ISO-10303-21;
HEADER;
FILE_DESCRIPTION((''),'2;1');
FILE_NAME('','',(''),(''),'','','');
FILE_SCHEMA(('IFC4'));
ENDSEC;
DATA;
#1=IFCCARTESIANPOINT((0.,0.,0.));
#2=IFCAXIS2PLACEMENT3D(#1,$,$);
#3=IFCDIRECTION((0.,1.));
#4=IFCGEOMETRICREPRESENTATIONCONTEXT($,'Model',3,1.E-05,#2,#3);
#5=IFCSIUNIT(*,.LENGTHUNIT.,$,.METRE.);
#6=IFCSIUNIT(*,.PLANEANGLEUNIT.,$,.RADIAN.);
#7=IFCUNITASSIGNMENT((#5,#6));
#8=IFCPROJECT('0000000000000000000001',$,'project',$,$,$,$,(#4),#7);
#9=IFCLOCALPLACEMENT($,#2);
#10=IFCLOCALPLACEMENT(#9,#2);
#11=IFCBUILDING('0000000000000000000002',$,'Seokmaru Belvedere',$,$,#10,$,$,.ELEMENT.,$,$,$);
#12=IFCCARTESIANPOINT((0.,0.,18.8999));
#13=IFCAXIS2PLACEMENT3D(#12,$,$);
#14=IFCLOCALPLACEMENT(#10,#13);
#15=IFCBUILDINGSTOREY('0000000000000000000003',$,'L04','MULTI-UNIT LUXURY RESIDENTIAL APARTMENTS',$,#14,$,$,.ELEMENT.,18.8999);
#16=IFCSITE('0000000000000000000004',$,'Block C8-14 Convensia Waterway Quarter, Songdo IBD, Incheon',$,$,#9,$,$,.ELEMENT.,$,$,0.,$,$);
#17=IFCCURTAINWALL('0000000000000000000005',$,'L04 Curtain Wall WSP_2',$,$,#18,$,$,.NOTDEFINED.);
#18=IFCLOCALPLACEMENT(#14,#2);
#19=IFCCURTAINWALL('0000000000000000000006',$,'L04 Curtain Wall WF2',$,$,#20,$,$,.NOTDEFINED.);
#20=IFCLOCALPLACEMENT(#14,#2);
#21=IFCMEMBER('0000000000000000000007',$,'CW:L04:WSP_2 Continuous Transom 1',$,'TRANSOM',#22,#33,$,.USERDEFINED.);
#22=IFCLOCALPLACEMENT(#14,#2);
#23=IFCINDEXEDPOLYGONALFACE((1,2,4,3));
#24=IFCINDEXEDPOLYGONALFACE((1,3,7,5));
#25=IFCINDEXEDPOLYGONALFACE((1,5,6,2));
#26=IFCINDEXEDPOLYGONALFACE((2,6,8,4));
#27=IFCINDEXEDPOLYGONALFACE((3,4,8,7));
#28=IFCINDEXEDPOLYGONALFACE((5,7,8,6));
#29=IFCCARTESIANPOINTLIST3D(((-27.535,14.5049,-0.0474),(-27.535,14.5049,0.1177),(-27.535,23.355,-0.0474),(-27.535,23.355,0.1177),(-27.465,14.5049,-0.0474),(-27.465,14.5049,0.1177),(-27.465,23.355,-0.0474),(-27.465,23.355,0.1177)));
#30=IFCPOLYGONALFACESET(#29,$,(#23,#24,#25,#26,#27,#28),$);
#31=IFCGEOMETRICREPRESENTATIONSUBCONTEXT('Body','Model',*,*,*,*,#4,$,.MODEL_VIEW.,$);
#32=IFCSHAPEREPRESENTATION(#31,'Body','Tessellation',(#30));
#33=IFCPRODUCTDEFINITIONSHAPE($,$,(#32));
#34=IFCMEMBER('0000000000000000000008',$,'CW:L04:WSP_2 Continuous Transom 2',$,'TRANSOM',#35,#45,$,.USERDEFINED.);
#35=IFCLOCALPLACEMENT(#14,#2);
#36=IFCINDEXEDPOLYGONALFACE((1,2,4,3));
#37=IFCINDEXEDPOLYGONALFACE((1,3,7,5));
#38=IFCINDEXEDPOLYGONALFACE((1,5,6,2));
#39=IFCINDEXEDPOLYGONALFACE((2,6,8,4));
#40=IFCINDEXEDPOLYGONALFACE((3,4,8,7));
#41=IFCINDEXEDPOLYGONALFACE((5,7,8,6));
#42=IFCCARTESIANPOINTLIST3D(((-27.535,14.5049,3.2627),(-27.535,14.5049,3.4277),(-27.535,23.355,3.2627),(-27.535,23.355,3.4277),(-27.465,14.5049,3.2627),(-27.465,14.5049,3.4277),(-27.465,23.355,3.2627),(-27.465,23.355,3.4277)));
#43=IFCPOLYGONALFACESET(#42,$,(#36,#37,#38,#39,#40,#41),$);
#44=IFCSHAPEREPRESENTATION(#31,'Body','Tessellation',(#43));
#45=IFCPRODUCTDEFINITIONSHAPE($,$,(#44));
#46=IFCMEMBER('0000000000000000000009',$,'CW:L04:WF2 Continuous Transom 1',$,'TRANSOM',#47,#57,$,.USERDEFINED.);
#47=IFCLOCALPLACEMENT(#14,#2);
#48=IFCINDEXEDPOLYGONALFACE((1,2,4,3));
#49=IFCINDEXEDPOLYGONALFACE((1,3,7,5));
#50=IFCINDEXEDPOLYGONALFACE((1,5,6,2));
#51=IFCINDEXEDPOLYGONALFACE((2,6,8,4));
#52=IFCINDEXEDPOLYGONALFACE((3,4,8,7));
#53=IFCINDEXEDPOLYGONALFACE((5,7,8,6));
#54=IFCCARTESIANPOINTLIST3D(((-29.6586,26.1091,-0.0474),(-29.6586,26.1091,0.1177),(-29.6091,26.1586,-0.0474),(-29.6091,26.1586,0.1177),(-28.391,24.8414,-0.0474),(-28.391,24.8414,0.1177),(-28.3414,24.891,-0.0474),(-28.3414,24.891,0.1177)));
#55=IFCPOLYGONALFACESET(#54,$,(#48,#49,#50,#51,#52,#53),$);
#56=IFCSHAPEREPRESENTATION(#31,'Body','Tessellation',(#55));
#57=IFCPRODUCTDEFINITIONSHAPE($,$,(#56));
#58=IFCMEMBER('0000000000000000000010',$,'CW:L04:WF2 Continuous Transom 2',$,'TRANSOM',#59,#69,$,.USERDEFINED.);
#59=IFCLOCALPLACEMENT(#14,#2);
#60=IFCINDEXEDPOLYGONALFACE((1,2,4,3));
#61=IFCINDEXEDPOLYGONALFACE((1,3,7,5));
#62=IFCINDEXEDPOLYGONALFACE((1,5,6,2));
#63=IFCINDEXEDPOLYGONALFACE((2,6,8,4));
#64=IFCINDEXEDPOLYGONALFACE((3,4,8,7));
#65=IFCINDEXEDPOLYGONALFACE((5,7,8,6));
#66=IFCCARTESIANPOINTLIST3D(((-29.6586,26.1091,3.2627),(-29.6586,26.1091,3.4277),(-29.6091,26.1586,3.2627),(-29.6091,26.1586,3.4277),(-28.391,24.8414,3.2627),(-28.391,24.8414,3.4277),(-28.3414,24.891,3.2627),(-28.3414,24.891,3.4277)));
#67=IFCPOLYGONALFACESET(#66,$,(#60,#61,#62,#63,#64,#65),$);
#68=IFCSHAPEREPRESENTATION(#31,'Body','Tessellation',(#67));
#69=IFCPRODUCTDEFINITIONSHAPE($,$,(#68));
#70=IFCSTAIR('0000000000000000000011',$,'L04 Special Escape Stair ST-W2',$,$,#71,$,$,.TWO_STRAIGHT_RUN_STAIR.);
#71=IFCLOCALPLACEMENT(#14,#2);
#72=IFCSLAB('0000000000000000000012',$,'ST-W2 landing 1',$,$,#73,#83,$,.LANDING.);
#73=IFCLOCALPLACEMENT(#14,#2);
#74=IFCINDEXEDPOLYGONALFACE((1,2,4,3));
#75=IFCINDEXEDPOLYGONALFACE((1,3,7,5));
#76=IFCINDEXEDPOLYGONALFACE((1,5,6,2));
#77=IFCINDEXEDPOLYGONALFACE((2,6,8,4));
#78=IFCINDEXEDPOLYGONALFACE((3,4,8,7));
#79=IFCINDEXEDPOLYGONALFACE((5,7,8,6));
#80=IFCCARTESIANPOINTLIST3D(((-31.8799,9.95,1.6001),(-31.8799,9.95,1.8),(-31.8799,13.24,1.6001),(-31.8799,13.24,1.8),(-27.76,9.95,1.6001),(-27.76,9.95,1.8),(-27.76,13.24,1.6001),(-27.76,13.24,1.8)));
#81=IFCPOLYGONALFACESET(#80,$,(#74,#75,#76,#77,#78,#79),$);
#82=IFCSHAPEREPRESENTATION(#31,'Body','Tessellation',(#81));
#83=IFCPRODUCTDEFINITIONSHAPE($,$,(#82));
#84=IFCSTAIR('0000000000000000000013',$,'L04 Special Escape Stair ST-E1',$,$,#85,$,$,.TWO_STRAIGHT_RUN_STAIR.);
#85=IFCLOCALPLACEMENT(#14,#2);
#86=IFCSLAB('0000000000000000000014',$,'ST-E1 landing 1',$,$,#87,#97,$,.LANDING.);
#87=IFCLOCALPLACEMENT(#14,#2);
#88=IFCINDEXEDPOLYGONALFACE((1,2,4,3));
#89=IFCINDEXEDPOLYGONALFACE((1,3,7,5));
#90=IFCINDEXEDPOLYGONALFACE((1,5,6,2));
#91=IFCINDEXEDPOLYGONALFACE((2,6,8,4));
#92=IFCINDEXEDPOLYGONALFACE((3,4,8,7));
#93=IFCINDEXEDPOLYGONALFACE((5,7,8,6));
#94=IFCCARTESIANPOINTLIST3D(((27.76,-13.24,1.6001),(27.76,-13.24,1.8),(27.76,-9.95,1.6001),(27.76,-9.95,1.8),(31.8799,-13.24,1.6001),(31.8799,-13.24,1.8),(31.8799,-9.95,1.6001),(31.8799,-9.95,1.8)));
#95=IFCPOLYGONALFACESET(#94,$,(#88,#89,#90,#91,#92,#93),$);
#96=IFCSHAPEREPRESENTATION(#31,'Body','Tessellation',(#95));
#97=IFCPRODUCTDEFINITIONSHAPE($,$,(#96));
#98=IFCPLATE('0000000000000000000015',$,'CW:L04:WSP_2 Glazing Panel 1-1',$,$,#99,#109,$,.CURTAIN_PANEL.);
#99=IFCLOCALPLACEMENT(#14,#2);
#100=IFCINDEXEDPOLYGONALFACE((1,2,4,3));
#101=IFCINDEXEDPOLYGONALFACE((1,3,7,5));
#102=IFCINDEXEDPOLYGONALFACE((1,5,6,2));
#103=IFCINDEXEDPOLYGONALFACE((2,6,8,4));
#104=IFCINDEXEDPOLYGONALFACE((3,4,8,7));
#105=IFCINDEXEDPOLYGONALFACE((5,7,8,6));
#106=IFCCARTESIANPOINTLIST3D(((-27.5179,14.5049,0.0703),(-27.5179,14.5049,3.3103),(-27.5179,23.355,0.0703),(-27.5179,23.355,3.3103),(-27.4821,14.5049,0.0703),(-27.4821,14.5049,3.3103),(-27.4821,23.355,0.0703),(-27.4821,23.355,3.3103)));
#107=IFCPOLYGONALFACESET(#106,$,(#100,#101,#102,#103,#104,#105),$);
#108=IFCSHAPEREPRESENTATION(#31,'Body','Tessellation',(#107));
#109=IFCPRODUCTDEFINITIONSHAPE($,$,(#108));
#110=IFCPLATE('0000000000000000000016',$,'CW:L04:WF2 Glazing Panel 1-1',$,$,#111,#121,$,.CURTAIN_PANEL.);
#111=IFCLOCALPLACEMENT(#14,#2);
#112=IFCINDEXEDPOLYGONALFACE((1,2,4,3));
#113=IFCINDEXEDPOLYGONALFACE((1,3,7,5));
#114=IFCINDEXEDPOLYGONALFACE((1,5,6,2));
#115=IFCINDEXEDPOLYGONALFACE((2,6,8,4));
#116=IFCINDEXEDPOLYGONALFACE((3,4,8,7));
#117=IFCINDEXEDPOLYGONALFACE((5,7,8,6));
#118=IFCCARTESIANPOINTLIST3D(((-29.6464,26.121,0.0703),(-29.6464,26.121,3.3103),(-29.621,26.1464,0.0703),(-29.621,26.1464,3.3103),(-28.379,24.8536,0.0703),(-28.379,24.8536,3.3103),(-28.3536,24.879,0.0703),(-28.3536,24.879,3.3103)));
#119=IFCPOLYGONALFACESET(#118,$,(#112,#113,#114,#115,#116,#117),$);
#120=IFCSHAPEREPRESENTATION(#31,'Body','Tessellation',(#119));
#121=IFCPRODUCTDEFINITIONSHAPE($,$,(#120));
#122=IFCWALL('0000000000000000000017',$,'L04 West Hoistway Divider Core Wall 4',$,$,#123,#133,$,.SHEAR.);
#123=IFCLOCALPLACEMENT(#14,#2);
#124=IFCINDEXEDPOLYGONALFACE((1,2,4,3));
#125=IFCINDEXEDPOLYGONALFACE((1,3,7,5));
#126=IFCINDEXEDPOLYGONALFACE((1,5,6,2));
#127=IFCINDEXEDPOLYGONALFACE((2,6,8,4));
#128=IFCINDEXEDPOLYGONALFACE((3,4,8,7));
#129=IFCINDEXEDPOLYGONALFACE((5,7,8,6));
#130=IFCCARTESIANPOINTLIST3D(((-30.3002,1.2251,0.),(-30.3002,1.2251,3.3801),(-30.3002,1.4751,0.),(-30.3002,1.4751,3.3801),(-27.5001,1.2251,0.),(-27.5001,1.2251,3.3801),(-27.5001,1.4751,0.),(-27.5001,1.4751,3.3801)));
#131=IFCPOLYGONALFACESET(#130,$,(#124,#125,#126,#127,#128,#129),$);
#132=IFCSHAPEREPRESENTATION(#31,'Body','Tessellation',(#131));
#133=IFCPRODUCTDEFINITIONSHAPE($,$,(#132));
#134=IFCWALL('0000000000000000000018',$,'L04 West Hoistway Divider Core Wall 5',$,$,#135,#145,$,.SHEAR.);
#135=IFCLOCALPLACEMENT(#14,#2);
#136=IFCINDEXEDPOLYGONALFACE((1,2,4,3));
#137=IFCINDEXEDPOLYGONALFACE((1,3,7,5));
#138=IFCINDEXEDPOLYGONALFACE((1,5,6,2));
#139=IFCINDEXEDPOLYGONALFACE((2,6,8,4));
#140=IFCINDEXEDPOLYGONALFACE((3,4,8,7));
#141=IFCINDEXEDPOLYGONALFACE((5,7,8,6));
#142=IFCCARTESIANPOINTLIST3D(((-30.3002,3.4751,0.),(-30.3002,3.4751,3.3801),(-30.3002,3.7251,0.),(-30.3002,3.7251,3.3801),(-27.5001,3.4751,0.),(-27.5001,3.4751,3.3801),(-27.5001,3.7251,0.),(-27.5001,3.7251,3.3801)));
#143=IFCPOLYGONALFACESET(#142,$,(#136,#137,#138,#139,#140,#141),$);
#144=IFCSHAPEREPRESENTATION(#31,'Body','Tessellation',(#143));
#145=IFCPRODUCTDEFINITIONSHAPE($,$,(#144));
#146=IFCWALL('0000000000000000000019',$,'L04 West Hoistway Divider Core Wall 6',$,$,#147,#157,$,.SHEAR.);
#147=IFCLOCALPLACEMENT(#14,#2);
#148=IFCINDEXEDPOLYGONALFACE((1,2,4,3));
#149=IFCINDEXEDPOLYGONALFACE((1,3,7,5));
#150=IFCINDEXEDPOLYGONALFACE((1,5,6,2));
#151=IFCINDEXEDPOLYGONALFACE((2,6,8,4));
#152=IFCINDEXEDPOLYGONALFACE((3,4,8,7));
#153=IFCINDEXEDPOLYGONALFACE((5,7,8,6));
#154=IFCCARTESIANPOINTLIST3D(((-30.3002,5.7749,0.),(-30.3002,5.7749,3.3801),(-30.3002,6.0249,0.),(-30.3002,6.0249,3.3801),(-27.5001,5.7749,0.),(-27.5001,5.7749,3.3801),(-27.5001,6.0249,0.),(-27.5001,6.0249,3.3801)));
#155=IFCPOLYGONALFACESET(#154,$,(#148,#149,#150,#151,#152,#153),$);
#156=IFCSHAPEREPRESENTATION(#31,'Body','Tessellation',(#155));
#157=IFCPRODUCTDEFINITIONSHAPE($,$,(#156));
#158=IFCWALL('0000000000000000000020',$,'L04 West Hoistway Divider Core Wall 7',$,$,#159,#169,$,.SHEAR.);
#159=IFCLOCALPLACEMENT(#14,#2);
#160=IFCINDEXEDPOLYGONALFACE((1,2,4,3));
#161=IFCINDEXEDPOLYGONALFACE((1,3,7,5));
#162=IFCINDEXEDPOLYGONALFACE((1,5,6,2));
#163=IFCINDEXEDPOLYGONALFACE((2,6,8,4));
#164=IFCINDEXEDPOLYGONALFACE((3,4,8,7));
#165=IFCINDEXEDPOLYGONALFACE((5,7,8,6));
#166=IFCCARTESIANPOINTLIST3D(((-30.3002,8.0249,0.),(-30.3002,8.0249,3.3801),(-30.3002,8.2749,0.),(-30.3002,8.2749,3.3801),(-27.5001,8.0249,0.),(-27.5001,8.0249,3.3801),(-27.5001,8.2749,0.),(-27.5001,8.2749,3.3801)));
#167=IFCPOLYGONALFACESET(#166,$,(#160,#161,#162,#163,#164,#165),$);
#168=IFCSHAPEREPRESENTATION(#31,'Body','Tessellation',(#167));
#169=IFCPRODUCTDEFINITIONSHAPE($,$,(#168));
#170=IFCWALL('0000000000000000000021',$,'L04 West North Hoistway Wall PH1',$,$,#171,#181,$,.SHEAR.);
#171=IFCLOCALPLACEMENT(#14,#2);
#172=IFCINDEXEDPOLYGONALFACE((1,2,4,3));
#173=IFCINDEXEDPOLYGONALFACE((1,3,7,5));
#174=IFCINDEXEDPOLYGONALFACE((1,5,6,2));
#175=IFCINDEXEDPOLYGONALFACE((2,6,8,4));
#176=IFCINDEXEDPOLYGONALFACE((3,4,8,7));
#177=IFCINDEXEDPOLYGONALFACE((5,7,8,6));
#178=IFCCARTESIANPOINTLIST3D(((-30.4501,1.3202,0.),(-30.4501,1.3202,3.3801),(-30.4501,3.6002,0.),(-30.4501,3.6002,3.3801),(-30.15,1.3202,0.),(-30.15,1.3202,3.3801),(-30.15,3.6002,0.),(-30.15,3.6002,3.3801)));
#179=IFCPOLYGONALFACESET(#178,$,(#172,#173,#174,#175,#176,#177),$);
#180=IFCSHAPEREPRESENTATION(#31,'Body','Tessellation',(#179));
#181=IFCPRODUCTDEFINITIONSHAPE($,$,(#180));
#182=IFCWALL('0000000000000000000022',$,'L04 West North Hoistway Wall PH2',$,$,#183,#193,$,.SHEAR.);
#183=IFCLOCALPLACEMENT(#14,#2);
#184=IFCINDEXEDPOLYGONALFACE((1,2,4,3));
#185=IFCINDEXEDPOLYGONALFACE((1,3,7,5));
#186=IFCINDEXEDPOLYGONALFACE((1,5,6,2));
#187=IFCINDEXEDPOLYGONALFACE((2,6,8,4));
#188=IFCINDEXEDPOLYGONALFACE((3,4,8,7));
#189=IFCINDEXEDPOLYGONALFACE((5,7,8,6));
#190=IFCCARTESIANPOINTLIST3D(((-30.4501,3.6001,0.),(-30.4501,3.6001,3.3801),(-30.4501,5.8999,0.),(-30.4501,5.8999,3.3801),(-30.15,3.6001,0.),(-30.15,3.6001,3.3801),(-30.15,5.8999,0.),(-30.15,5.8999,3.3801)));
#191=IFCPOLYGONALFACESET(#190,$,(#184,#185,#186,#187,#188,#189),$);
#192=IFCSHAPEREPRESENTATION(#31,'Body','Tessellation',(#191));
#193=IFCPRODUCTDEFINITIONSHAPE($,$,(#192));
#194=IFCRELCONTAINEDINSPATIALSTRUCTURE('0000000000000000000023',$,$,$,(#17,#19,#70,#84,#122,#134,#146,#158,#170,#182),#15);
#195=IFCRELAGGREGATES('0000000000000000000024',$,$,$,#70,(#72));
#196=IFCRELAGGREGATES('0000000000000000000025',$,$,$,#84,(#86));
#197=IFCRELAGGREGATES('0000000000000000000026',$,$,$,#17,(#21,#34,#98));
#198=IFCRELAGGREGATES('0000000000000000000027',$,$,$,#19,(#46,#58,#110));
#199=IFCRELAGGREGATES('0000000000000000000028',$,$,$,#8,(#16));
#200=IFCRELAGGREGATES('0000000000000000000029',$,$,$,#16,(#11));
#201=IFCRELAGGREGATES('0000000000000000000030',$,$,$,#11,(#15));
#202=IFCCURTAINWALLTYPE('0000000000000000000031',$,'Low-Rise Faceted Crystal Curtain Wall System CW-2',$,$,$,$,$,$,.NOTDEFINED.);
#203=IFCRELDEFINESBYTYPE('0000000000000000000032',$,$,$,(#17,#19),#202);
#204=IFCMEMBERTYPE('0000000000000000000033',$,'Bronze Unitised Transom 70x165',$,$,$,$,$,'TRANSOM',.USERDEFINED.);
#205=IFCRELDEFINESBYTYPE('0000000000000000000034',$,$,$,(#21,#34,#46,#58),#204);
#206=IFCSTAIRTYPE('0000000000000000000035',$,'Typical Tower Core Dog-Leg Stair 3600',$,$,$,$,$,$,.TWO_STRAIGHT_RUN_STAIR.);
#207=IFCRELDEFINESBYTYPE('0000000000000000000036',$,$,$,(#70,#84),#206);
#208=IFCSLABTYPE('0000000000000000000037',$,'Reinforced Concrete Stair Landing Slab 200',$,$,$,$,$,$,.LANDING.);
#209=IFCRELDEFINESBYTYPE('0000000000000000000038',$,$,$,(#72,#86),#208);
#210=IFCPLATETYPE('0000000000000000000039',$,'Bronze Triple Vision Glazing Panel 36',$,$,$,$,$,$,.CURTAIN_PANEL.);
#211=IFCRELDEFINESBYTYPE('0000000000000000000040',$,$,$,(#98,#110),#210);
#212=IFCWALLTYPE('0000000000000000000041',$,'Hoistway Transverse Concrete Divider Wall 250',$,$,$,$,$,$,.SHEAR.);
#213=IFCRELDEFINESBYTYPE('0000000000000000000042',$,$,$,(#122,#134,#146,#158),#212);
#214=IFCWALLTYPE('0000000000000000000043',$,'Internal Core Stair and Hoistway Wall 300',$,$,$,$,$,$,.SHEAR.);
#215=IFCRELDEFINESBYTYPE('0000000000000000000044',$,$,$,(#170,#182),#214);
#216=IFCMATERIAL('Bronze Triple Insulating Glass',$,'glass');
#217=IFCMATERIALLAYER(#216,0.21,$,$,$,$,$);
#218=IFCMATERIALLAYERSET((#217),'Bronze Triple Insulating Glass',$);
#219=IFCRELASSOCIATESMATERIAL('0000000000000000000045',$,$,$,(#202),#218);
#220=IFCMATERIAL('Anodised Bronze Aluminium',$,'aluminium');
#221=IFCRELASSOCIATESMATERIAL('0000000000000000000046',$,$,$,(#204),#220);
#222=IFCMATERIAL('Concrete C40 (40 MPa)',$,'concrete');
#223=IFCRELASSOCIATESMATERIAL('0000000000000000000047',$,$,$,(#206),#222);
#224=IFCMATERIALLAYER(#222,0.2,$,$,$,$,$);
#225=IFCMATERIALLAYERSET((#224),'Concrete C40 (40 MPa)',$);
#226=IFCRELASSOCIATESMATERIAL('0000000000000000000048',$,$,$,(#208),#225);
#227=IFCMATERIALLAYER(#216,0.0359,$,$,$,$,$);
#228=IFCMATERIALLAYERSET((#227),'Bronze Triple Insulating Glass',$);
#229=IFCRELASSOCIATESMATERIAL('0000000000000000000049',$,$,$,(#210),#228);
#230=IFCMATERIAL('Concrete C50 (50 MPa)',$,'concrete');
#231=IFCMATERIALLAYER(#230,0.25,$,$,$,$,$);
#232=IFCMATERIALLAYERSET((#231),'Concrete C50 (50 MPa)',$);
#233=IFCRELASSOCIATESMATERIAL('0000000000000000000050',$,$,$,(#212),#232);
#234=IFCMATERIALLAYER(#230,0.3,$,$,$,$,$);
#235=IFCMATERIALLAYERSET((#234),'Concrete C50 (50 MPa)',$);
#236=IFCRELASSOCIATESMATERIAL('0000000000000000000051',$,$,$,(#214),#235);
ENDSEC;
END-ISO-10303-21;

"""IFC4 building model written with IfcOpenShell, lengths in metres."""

from ifc_helpers import new_model, si_unit, direction, frame, frame_2d, origin, origin_2d, place, context, subcontext, project, spatial, polyline, rectangle, outline, extrude, source, transform, mapped, material, layer, layer_set, material_profile, profile_set, type_object, type_shapes, element, aggregate, save


model = new_model("IFC4")

# Units and contexts
model_context = context("Model", 3, precision=1e-05, world=origin(), true_north=direction((0.0, 1.0)))
body_context = subcontext(model_context, "Body", "Model", "MODEL_VIEW")
ifc_project = project(units=[si_unit("LENGTHUNIT", "METRE"), si_unit("PLANEANGLEUNIT", "RADIAN")], contexts=[model_context])

# Site, building, storey
site_placement = place(None, origin())
site = spatial("IfcSite", under=ifc_project, at=site_placement, Name="Block C8-14 Convensia Waterway Quarter, Songdo IBD, Incheon", CompositionType="ELEMENT", RefElevation=0.0)
building_placement = place(site_placement, origin())
building = spatial("IfcBuilding", under=site, at=building_placement, Name="Seokmaru Belvedere", CompositionType="ELEMENT")
storey_placement = place(building_placement, frame((0.0, 0.0, 18.8999)))
storey = spatial("IfcBuildingStorey", under=building, at=storey_placement, Name="L04", Description="MULTI-UNIT LUXURY RESIDENTIAL APARTMENTS", CompositionType="ELEMENT", Elevation=18.8999)

# Curtain walls
ifc_material_1 = material(Name="Bronze Triple Insulating Glass", Category="glass")
ifc_layer_1 = layer(ifc_material_1, 0.21)
ifc_layer_set_1 = layer_set([ifc_layer_1], Name="Bronze Triple Insulating Glass")
curtain_wall_type = type_object("IfcCurtainWallType", Name="Low-Rise Faceted Crystal Curtain Wall System CW-2", PredefinedType="NOTDEFINED", material=ifc_layer_set_1)
curtain_wall_1_placement = place(storey_placement, origin())
curtain_wall_1 = element("IfcCurtainWall", 1, at=curtain_wall_1_placement, inside=storey, type_object=curtain_wall_type, Name="L04 Curtain Wall WSP_2", PredefinedType="NOTDEFINED")
ifc_material_2 = material(Name="Anodised Bronze Aluminium", Category="aluminium")
curtain_wall_2_placement = place(storey_placement, origin())
curtain_wall_2 = element("IfcCurtainWall", 2, at=curtain_wall_2_placement, inside=storey, type_object=curtain_wall_type, Name="L04 Curtain Wall WF2", PredefinedType="NOTDEFINED")

# Members
ifc_material_profile_1 = material_profile(ifc_material_2, rectangle(XDim=0.0701, YDim=0.165, at=origin_2d()), Name="CW-T-70x165")
ifc_profile_set_1 = profile_set([ifc_material_profile_1], Name="Anodised Bronze Aluminium")
member_type_1 = type_object("IfcMemberType", Name="Bronze Unitised Transom 70x165", ElementType="TRANSOM", PredefinedType="USERDEFINED", material=ifc_profile_set_1)
shared_shape_1 = source(origin(), body_context, "Body", "SweptSolid", [
    extrude(rectangle(XDim=0.0701, YDim=0.165, at=origin_2d()), origin(), (0.0, 0.0, 1.0), 8.8501),
])
member_1_placement = place(storey_placement, frame((-27.5, 14.5049, 0.0352), z_axis=(0.0, 1.0, 0.0), x_axis=(-1.0, 0.0, 0.0)))
member_1 = element("IfcMember", 3, at=member_1_placement, type_object=member_type_1, Name="CW:L04:WSP_2 Continuous Transom 1", ObjectType="TRANSOM", PredefinedType="USERDEFINED", context=body_context, shape_type="MappedRepresentation", body=[
    mapped(shared_shape_1, transform((0.0, 0.0, 0.0), scale=1.0)),
])
member_2_placement = place(storey_placement, frame((-27.5, 14.5049, 3.3452), z_axis=(0.0, 1.0, 0.0), x_axis=(-1.0, 0.0, 0.0)))
member_2 = element("IfcMember", 4, at=member_2_placement, type_object=member_type_1, Name="CW:L04:WSP_2 Continuous Transom 2", ObjectType="TRANSOM", PredefinedType="USERDEFINED", context=body_context, shape_type="MappedRepresentation", body=[
    mapped(shared_shape_1, transform((0.0, 0.0, 0.0), scale=1.0)),
])
shared_shape_2 = source(origin(), body_context, "Body", "SweptSolid", [
    extrude(rectangle(XDim=0.0701, YDim=0.165, at=origin_2d()), origin(), (0.0, 0.0, 1.0), 1.7927),
])
type_shapes(member_type_1, [shared_shape_1, shared_shape_2])
member_3_placement = place(storey_placement, frame((-28.3662, 24.8662, 0.0352), z_axis=(-0.707107, 0.707107, 0.0), x_axis=(-0.707107, -0.707107, 0.0)))
member_3 = element("IfcMember", 5, at=member_3_placement, type_object=member_type_1, Name="CW:L04:WF2 Continuous Transom 1", ObjectType="TRANSOM", PredefinedType="USERDEFINED", context=body_context, shape_type="MappedRepresentation", body=[
    mapped(shared_shape_2, transform((0.0, 0.0, 0.0), scale=1.0)),
])
member_4_placement = place(storey_placement, frame((-28.3662, 24.8662, 3.3452), z_axis=(-0.707107, 0.707107, 0.0), x_axis=(-0.707107, -0.707107, 0.0)))
member_4 = element("IfcMember", 6, at=member_4_placement, type_object=member_type_1, Name="CW:L04:WF2 Continuous Transom 2", ObjectType="TRANSOM", PredefinedType="USERDEFINED", context=body_context, shape_type="MappedRepresentation", body=[
    mapped(shared_shape_2, transform((0.0, 0.0, 0.0), scale=1.0)),
])

# Stairs, slabs
ifc_material_3 = material(Name="Concrete C40 (40 MPa)", Category="concrete")
stair_type = type_object("IfcStairType", Name="Typical Tower Core Dog-Leg Stair 3600", PredefinedType="TWO_STRAIGHT_RUN_STAIR", material=ifc_material_3)
stair_1_placement = place(storey_placement, origin())
stair_1 = element("IfcStair", 7, at=stair_1_placement, inside=storey, type_object=stair_type, Name="L04 Special Escape Stair ST-W2", PredefinedType="TWO_STRAIGHT_RUN_STAIR")
ifc_layer_2 = layer(ifc_material_3, 0.2)
ifc_layer_set_2 = layer_set([ifc_layer_2], Name="Concrete C40 (40 MPa)")
slab_type = type_object("IfcSlabType", Name="Reinforced Concrete Stair Landing Slab 200", PredefinedType="LANDING", material=ifc_layer_set_2)
slab_1_placement = place(storey_placement, frame((0.0, 0.0, 1.6001)))
slab_1 = element("IfcSlab", 8, at=slab_1_placement, type_object=slab_type, Name="ST-W2 landing 1", PredefinedType="LANDING", context=body_context, shape_type="SweptSolid", body=[
    extrude(outline(polyline([(-31.8799, 9.95), (-27.76, 9.95), (-27.76, 13.24), (-31.8799, 13.24), (-31.8799, 9.95)])), origin(), (0.0, 0.0, 1.0), 0.2),
])
aggregate(stair_1, [slab_1])
stair_2_placement = place(storey_placement, origin())
stair_2 = element("IfcStair", 9, at=stair_2_placement, inside=storey, type_object=stair_type, Name="L04 Special Escape Stair ST-E1", PredefinedType="TWO_STRAIGHT_RUN_STAIR")
slab_2_placement = place(storey_placement, frame((0.0, 0.0, 1.6001)))
slab_2 = element("IfcSlab", 10, at=slab_2_placement, type_object=slab_type, Name="ST-E1 landing 1", PredefinedType="LANDING", context=body_context, shape_type="SweptSolid", body=[
    extrude(outline(polyline([(27.76, -13.24), (31.8799, -13.24), (31.8799, -9.95), (27.76, -9.95), (27.76, -13.24)])), origin(), (0.0, 0.0, 1.0), 0.2),
])
aggregate(stair_2, [slab_2])

# Plates
ifc_layer_3 = layer(ifc_material_1, 0.0359)
ifc_layer_set_3 = layer_set([ifc_layer_3], Name="Bronze Triple Insulating Glass")
plate_type = type_object("IfcPlateType", Name="Bronze Triple Vision Glazing Panel 36", PredefinedType="CURTAIN_PANEL", material=ifc_layer_set_3)
shared_shape_3 = source(origin(), body_context, "Body", "SweptSolid", [
    extrude(rectangle(XDim=8.8501, YDim=0.0359, at=origin_2d()), origin(), (0.0, 0.0, 1.0), 3.24),
])
plate_1_placement = place(storey_placement, frame((-27.5, 18.9299, 0.0703), z_axis=(0.0, 0.0, 1.0), x_axis=(0.0, 1.0, 0.0)))
plate_1 = element("IfcPlate", 11, at=plate_1_placement, type_object=plate_type, Name="CW:L04:WSP_2 Glazing Panel 1-1", PredefinedType="CURTAIN_PANEL", context=body_context, shape_type="MappedRepresentation", body=[
    mapped(shared_shape_3, transform((0.0, 0.0, 0.0), scale=1.0)),
])
aggregate(curtain_wall_1, [member_1, member_2, plate_1])
shared_shape_4 = source(origin(), body_context, "Body", "SweptSolid", [
    extrude(rectangle(XDim=1.7925, YDim=0.0359, at=origin_2d()), origin(), (0.0, 0.0, 1.0), 3.24),
])
type_shapes(plate_type, [shared_shape_3, shared_shape_4])
plate_2_placement = place(storey_placement, frame((-29.0, 25.5, 0.0703), z_axis=(0.0, 0.0, 1.0), x_axis=(-0.707107, 0.707107, 0.0)))
plate_2 = element("IfcPlate", 12, at=plate_2_placement, type_object=plate_type, Name="CW:L04:WF2 Glazing Panel 1-1", PredefinedType="CURTAIN_PANEL", context=body_context, shape_type="MappedRepresentation", body=[
    mapped(shared_shape_4, transform((0.0, 0.0, 0.0), scale=1.0)),
])
aggregate(curtain_wall_2, [member_3, member_4, plate_2])

# Walls
ifc_material_4 = material(Name="Concrete C50 (50 MPa)", Category="concrete")
ifc_layer_4 = layer(ifc_material_4, 0.25)
ifc_layer_set_4 = layer_set([ifc_layer_4], Name="Concrete C50 (50 MPa)")
wall_type_1 = type_object("IfcWallType", Name="Hoistway Transverse Concrete Divider Wall 250", PredefinedType="SHEAR", material=ifc_layer_set_4)
for number, where, z_axis, x_axis, name in (
    (13, (-30.3, 1.3501, 0.0), (0.0, 0.0, 1.0), (1.0, 0.0, 0.0), "L04 West Hoistway Divider Core Wall 4"),
    (14, (-30.3, 3.6001, 0.0), (0.0, 0.0, 1.0), (1.0, 0.0, 0.0), "L04 West Hoistway Divider Core Wall 5"),
    (15, (-30.3, 5.8999, 0.0), (0.0, 0.0, 1.0), (1.0, 0.0, 0.0), "L04 West Hoistway Divider Core Wall 6"),
    (16, (-30.3, 8.1499, 0.0), (0.0, 0.0, 1.0), (1.0, 0.0, 0.0), "L04 West Hoistway Divider Core Wall 7"),
):
    element("IfcWall", number, at=place(storey_placement, frame(where, z_axis=z_axis, x_axis=x_axis)), inside=storey, type_object=wall_type_1, Name=name, PredefinedType="SHEAR", context=body_context, shape_type="SweptSolid", body=[
        extrude(rectangle(XDim=2.8, YDim=0.25, at=frame_2d((1.3999, 0.0))), origin(), (0.0, 0.0, 1.0), 3.3801),
    ])
ifc_layer_5 = layer(ifc_material_4, 0.3)
ifc_layer_set_5 = layer_set([ifc_layer_5], Name="Concrete C50 (50 MPa)")
wall_type_2 = type_object("IfcWallType", Name="Internal Core Stair and Hoistway Wall 300", PredefinedType="SHEAR", material=ifc_layer_set_5)
wall_1_placement = place(storey_placement, frame((-30.3, 1.3201, 0.0), z_axis=(0.0, 0.0, 1.0), x_axis=(0.0, 1.0, 0.0)))
element("IfcWall", 17, at=wall_1_placement, inside=storey, type_object=wall_type_2, Name="L04 West North Hoistway Wall PH1", PredefinedType="SHEAR", context=body_context, shape_type="SweptSolid", body=[
    extrude(rectangle(XDim=2.28, YDim=0.3, at=frame_2d((1.1401, 0.0))), origin(), (0.0, 0.0, 1.0), 3.3801),
])
wall_2_placement = place(storey_placement, frame((-30.3, 3.6001, 0.0), z_axis=(0.0, 0.0, 1.0), x_axis=(0.0, 1.0, 0.0)))
element("IfcWall", 18, at=wall_2_placement, inside=storey, type_object=wall_type_2, Name="L04 West North Hoistway Wall PH2", PredefinedType="SHEAR", context=body_context, shape_type="SweptSolid", body=[
    extrude(rectangle(XDim=2.2998, YDim=0.3, at=frame_2d((1.1499, 0.0))), origin(), (0.0, 0.0, 1.0), 3.3801),
])

save(model, "model.ifc")
